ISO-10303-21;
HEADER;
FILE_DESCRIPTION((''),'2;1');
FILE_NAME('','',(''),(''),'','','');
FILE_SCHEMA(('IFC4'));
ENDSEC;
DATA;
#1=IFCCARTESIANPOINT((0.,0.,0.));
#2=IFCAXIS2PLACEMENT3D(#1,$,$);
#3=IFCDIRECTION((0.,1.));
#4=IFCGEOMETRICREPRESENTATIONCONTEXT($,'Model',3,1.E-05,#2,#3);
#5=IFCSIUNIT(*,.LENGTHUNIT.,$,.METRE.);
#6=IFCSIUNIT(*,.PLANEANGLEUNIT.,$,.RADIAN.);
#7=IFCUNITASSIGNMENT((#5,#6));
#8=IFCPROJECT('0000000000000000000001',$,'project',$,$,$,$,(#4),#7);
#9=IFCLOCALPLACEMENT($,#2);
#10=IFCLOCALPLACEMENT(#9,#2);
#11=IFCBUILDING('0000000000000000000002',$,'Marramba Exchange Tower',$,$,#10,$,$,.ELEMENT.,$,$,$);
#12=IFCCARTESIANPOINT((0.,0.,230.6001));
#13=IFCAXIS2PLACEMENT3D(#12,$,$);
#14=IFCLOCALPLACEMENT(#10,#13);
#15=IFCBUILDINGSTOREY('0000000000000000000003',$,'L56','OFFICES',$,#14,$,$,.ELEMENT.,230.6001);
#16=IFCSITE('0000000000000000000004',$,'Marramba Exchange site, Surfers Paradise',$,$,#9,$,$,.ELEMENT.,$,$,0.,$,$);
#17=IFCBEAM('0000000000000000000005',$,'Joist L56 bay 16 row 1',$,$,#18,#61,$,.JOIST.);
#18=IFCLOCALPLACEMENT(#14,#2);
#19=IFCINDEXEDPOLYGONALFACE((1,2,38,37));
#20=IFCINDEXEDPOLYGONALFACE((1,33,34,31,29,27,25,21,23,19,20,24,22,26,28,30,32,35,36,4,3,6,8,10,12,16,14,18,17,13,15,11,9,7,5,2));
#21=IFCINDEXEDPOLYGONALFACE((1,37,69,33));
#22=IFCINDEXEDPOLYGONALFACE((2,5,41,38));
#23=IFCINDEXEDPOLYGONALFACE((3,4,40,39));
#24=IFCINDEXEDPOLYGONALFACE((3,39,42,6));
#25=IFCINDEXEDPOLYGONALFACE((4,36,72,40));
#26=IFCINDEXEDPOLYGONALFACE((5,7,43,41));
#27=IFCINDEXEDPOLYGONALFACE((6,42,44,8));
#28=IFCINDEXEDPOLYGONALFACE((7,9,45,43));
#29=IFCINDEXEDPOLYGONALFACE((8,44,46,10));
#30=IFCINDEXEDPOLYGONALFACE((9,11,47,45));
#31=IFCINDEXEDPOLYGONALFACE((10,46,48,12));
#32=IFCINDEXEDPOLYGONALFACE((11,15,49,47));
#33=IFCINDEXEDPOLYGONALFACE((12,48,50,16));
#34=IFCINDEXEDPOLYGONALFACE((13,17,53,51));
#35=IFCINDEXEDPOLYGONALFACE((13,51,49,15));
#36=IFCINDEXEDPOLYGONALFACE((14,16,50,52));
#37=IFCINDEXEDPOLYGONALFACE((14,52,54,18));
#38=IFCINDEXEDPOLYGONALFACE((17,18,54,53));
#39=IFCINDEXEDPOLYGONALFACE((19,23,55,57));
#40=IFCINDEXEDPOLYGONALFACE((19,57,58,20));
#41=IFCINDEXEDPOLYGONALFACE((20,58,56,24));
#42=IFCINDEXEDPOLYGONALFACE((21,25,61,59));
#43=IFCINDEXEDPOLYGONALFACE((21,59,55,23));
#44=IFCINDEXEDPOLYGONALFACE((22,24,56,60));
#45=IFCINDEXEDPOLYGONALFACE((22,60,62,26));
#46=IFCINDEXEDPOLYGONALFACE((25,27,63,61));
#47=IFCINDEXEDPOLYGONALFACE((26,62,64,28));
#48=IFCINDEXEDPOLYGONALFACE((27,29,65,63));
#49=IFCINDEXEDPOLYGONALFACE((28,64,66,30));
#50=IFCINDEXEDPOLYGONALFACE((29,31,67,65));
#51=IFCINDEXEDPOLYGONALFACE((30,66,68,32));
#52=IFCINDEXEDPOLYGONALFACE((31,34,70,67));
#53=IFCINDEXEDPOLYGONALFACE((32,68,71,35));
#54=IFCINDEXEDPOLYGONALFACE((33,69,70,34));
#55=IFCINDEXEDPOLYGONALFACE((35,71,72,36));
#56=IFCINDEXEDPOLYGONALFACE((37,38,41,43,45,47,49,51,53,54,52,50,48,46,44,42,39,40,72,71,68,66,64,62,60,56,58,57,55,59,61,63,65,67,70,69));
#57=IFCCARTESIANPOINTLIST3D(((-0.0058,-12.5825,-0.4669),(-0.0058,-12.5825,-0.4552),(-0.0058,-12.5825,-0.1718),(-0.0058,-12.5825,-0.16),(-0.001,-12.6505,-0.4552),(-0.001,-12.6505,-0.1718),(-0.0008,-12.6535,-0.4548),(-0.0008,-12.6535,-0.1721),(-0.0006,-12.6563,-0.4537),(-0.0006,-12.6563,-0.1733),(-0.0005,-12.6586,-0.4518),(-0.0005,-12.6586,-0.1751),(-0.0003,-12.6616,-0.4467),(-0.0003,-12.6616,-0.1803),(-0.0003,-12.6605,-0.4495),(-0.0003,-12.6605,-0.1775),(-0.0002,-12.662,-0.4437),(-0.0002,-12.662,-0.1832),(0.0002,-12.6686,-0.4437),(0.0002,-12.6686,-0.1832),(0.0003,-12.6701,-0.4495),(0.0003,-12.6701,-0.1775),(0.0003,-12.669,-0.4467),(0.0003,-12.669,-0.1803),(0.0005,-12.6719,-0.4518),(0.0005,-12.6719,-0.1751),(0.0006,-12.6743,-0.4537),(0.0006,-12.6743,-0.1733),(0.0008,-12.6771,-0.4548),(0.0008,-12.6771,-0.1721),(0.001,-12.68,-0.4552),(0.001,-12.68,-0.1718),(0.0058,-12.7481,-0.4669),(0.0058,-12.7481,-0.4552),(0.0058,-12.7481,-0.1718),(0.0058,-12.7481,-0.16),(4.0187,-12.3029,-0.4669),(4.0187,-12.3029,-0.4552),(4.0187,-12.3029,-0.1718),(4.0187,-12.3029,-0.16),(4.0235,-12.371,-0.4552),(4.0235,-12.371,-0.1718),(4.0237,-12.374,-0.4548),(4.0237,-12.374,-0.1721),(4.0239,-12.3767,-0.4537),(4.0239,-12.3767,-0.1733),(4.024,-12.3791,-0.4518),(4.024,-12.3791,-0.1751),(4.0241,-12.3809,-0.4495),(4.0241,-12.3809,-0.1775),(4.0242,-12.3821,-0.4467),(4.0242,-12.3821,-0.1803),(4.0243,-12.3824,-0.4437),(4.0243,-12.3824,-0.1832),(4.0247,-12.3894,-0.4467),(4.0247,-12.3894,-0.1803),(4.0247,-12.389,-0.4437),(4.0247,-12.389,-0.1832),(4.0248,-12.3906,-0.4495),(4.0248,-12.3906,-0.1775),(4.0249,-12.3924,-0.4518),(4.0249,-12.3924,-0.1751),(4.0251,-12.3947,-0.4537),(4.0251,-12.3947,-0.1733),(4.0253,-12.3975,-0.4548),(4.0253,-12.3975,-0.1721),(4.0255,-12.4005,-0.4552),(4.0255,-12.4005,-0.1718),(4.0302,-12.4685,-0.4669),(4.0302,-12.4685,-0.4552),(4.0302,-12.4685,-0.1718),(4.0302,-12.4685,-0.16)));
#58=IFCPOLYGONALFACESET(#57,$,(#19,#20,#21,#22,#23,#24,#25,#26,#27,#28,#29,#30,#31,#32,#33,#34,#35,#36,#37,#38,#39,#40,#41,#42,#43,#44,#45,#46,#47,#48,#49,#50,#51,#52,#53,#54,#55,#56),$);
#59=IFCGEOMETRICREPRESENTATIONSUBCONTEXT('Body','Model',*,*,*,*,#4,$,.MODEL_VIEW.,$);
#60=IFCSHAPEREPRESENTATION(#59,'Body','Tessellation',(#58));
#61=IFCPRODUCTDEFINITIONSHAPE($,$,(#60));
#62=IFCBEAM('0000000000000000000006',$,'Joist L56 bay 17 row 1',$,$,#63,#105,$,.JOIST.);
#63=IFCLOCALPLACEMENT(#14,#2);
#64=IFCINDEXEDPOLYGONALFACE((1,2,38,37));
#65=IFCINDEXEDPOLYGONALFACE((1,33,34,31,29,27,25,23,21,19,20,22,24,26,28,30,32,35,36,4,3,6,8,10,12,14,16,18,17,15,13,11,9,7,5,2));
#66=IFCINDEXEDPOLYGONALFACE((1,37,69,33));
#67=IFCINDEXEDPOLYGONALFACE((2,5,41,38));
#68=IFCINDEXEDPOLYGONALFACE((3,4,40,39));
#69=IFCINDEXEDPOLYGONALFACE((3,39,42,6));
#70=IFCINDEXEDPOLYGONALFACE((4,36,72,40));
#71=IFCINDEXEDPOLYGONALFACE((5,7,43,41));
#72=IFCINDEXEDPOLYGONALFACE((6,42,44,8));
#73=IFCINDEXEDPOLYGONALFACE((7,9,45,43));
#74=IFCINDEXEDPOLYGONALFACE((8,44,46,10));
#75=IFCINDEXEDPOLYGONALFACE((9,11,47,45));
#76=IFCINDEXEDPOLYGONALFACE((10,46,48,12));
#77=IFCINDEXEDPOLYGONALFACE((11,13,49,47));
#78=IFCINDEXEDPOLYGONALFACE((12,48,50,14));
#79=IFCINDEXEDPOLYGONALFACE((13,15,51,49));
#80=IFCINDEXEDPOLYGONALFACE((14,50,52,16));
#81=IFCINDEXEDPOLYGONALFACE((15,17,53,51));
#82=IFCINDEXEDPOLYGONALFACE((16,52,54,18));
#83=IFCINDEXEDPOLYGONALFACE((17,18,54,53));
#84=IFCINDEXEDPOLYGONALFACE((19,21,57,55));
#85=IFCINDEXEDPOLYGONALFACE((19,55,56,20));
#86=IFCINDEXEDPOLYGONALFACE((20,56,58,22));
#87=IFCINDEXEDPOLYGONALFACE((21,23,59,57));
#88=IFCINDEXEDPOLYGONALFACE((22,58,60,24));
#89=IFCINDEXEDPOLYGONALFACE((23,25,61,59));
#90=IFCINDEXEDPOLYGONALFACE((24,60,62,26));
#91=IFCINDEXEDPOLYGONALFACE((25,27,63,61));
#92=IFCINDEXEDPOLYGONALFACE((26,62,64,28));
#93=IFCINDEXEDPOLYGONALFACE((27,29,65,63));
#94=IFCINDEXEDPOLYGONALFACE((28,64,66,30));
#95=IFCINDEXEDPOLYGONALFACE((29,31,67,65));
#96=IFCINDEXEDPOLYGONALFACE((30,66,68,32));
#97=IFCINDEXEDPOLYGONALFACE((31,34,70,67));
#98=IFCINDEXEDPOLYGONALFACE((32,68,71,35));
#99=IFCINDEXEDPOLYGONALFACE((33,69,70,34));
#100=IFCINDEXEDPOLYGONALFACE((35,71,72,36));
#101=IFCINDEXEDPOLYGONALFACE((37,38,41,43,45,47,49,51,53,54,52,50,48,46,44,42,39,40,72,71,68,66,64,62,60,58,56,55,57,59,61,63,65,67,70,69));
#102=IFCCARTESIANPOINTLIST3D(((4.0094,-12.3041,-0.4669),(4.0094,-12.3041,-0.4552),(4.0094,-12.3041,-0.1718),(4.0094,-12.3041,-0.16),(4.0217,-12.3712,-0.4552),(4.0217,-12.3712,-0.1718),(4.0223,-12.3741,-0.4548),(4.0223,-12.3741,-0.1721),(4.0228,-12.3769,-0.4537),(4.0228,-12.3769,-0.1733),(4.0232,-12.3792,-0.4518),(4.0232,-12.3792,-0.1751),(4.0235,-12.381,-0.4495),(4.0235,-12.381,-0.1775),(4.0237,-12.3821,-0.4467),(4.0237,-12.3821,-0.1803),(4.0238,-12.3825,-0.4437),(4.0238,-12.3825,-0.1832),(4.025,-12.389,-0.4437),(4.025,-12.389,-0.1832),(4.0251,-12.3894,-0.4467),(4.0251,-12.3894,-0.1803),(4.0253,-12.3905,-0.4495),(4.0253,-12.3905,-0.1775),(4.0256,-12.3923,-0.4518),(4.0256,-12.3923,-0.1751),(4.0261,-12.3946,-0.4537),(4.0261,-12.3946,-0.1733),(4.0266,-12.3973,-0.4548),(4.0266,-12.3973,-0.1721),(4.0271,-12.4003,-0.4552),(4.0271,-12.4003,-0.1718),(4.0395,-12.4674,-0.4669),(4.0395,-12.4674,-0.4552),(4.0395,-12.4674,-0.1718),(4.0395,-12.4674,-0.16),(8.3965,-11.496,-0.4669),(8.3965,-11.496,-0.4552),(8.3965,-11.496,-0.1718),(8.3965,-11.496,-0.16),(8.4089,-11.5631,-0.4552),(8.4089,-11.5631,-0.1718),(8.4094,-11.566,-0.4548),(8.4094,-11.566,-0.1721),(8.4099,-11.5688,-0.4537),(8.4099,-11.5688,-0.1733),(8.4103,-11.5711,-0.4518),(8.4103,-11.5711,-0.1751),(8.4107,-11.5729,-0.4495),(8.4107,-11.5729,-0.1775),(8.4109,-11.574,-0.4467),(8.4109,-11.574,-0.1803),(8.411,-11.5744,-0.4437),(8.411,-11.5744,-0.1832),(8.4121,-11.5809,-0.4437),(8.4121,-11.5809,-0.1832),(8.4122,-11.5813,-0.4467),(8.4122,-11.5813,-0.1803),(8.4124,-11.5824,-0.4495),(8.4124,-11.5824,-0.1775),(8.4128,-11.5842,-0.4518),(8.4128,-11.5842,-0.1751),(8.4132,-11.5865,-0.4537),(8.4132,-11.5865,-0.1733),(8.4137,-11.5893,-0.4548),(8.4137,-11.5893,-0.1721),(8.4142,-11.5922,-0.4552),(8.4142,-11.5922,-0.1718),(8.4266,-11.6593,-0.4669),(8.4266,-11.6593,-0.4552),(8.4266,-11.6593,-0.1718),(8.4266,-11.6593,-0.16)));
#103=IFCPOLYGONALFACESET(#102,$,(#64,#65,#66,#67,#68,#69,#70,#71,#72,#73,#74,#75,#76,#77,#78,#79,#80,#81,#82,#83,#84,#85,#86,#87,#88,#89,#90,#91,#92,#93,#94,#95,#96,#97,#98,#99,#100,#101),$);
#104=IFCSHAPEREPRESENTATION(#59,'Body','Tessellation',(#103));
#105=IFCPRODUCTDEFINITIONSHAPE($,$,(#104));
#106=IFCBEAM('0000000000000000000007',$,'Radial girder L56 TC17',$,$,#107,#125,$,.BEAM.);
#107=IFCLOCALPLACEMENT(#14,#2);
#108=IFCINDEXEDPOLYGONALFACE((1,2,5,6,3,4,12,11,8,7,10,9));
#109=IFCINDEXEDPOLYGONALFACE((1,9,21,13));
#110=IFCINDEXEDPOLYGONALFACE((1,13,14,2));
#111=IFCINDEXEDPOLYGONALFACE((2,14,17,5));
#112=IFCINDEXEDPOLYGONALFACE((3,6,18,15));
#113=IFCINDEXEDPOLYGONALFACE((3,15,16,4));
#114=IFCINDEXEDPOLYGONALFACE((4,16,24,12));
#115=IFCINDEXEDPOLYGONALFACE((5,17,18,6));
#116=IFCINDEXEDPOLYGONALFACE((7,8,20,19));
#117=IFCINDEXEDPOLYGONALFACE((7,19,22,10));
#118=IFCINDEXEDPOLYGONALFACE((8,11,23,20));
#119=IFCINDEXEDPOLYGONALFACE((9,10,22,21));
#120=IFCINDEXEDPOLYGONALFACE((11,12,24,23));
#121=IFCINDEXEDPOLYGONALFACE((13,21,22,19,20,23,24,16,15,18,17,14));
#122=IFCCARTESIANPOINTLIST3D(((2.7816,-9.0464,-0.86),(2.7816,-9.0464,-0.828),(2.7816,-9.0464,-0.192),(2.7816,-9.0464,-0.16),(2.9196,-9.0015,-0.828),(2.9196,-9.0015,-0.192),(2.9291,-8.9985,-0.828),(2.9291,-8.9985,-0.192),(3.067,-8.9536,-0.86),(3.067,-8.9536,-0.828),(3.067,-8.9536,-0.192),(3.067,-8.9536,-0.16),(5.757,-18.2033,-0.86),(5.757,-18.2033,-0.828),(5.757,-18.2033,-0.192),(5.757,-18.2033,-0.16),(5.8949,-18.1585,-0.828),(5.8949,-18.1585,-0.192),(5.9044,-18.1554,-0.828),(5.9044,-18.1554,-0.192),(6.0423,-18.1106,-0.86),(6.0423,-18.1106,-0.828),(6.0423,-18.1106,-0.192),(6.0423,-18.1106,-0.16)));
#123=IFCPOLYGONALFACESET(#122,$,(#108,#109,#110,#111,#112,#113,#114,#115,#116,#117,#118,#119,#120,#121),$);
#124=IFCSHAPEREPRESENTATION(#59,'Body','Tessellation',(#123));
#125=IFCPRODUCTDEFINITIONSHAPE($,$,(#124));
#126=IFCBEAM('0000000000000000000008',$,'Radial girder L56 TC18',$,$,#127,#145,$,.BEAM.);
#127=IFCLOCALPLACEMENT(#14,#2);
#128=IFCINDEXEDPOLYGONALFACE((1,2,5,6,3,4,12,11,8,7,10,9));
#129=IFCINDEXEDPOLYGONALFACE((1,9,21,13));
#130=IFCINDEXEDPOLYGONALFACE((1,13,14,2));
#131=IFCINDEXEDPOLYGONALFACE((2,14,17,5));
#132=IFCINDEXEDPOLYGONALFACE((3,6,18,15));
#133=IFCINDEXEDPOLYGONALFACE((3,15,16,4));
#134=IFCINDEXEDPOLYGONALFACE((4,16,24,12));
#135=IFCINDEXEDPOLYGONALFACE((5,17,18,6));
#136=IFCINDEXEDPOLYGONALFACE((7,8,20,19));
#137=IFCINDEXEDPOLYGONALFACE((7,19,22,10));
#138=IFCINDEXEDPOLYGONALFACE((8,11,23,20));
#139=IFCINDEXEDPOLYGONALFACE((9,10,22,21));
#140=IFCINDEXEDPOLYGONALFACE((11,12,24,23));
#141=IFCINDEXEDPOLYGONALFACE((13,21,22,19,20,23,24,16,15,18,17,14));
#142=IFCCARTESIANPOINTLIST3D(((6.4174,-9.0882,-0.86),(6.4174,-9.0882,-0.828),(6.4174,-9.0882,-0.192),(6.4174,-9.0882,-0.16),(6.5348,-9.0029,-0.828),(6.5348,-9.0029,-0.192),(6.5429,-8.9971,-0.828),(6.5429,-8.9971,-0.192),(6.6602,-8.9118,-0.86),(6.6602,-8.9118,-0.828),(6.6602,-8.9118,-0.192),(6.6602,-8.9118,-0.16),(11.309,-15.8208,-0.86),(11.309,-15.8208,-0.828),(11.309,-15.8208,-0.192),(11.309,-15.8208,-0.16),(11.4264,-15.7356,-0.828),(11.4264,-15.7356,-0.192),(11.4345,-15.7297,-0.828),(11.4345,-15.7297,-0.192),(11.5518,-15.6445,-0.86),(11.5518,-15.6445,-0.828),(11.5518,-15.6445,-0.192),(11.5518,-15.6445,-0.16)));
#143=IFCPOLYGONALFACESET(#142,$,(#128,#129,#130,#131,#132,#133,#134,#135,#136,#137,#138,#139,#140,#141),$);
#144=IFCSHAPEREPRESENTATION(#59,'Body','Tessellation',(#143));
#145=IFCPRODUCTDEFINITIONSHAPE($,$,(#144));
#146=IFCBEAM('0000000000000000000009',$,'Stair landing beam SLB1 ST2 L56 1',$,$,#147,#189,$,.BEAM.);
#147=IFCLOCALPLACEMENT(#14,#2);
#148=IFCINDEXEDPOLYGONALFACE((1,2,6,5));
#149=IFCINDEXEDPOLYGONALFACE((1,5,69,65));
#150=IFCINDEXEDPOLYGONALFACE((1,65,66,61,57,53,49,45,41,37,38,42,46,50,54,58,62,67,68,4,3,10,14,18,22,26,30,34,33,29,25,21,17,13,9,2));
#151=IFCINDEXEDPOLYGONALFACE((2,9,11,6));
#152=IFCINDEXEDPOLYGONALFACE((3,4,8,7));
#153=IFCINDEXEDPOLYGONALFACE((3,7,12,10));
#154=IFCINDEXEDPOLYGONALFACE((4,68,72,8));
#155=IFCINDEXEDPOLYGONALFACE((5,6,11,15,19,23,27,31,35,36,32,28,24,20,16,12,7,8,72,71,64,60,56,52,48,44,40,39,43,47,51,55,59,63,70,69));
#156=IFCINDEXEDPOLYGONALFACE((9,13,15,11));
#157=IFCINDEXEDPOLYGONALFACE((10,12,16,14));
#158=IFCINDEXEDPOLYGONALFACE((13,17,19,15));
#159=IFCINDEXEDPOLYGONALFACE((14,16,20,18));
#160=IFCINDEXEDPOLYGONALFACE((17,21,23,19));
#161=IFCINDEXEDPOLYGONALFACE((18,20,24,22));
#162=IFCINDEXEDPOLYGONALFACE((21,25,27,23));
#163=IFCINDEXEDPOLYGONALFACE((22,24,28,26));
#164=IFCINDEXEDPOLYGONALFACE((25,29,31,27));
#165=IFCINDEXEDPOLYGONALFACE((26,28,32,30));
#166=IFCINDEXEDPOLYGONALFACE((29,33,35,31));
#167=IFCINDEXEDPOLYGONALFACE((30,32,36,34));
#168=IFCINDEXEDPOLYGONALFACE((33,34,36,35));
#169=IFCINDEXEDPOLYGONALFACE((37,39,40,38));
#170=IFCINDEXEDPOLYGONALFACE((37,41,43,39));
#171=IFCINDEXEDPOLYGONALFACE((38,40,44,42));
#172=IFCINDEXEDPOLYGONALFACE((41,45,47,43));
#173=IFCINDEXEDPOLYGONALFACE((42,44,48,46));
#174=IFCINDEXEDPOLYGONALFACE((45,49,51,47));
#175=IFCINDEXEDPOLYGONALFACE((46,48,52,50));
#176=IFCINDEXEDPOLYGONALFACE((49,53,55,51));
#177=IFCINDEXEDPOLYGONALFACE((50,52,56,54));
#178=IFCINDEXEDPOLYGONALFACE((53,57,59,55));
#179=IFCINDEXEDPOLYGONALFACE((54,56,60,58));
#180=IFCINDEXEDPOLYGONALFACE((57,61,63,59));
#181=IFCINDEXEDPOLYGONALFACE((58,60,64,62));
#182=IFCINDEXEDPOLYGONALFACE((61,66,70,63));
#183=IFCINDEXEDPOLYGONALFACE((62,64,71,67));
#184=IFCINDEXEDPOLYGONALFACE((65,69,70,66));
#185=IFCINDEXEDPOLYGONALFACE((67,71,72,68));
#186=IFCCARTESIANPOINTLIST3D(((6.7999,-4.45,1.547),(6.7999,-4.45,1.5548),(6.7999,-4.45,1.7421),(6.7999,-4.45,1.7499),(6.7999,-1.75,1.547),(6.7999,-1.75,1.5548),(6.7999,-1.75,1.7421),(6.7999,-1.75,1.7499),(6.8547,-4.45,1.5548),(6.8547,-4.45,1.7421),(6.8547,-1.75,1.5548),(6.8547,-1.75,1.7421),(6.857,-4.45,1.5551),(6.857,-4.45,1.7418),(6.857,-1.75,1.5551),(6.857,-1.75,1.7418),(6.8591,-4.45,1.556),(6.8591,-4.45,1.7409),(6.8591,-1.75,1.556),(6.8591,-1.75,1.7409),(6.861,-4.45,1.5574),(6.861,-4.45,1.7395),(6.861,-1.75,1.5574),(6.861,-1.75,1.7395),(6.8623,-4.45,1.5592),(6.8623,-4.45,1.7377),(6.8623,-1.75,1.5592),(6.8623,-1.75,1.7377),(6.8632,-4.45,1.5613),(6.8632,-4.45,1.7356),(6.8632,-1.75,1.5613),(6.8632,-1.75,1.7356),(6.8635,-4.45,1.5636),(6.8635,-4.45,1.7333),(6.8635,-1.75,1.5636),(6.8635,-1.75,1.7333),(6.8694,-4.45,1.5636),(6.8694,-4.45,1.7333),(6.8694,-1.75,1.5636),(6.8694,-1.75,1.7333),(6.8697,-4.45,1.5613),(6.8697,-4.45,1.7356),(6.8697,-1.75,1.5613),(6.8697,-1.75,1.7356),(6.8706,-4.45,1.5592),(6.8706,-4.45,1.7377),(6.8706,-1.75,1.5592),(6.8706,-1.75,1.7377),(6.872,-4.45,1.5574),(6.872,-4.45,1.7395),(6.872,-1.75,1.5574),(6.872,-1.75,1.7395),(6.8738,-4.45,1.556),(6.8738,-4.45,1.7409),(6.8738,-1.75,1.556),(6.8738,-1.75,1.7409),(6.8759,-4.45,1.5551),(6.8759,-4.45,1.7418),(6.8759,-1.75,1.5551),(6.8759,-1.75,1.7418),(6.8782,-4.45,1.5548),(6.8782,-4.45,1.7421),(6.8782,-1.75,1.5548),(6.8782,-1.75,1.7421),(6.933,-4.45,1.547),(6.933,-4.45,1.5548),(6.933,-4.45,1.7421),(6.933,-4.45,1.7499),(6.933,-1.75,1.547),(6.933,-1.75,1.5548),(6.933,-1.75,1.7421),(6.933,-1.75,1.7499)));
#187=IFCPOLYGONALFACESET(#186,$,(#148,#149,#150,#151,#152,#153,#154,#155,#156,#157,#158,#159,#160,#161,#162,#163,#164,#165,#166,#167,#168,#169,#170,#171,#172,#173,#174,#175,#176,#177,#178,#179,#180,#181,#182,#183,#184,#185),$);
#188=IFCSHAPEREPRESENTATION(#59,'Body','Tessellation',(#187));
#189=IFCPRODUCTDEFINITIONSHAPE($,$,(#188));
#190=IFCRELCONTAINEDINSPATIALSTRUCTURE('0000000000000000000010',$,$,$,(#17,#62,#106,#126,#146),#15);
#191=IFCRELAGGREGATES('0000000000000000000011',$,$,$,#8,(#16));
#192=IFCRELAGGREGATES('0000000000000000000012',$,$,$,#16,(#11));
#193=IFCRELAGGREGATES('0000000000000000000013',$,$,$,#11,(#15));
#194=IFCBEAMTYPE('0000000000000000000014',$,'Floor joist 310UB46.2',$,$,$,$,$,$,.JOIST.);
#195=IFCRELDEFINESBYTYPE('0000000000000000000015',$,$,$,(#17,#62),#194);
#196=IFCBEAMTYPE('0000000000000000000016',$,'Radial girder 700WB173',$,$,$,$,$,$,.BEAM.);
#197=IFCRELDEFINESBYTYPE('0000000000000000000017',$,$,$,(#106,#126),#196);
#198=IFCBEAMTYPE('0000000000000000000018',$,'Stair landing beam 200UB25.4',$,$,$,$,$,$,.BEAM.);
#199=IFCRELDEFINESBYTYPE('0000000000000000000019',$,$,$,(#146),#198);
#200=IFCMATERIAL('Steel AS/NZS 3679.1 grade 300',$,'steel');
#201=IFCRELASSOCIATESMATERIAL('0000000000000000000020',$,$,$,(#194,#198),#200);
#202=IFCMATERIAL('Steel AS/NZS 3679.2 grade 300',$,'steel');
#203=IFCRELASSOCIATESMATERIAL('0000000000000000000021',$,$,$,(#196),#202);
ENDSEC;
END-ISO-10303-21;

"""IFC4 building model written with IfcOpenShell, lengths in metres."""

from ifc_helpers import new_model, si_unit, direction, frame, origin, origin_2d, place, context, subcontext, project, spatial, i_section, extrude, material, material_profile, profile_set, type_object, element, save


model = new_model("IFC4")

# Units and contexts
model_context = context("Model", 3, precision=1e-05, world=origin(), true_north=direction((0.0, 1.0)))
body_context = subcontext(model_context, "Body", "Model", "MODEL_VIEW")
ifc_project = project(units=[si_unit("LENGTHUNIT", "METRE"), si_unit("PLANEANGLEUNIT", "RADIAN")], contexts=[model_context])

# Site, building, storey
site_placement = place(None, origin())
site = spatial("IfcSite", under=ifc_project, at=site_placement, Name="Marramba Exchange site, Surfers Paradise", CompositionType="ELEMENT", RefElevation=0.0)
building_placement = place(site_placement, origin())
building = spatial("IfcBuilding", under=site, at=building_placement, Name="Marramba Exchange Tower", CompositionType="ELEMENT")
storey_placement = place(building_placement, frame((0.0, 0.0, 230.6001)))
storey = spatial("IfcBuildingStorey", under=building, at=storey_placement, Name="L56", Description="OFFICES", CompositionType="ELEMENT", Elevation=230.6001)

# Beams
ifc_material_1 = material(Name="Steel AS/NZS 3679.1 grade 300", Category="steel")
ifc_material_profile_1 = material_profile(ifc_material_1, i_section(OverallWidth=0.166, OverallDepth=0.3069, WebThickness=0.0066, FlangeThickness=0.0117, FilletRadius=0.0115, at=origin_2d()), Name="310UB46.2")
ifc_profile_set_1 = profile_set([ifc_material_profile_1], Name="Steel AS/NZS 3679.1 grade 300")
beam_type_1 = type_object("IfcBeamType", Name="Floor joist 310UB46.2", PredefinedType="JOIST", material=ifc_profile_set_1)
beam_1_placement = place(storey_placement, frame((0.0, -12.6653, -0.3135), z_axis=(0.997596, 0.069294, 0.0), x_axis=(-0.069294, 0.997596, 0.0)))
element("IfcBeam", 1, at=beam_1_placement, inside=storey, type_object=beam_type_1, Name="Joist L56 bay 16 row 1", PredefinedType="JOIST", context=body_context, shape_type="SweptSolid", body=[
    extrude(i_section(OverallWidth=0.166, OverallDepth=0.3069, WebThickness=0.0066, FlangeThickness=0.0117, FilletRadius=0.0115, at=origin_2d()), origin(), (0.0, 0.0, 1.0), 4.0342),
])
beam_2_placement = place(storey_placement, frame((4.0244, -12.3857, -0.3135), z_axis=(0.983456, 0.181149, 0.0), x_axis=(-0.181149, 0.983456, 0.0)))
element("IfcBeam", 2, at=beam_2_placement, inside=storey, type_object=beam_type_1, Name="Joist L56 bay 17 row 1", PredefinedType="JOIST", context=body_context, shape_type="SweptSolid", body=[
    extrude(i_section(OverallWidth=0.166, OverallDepth=0.3069, WebThickness=0.0066, FlangeThickness=0.0117, FilletRadius=0.0115, at=origin_2d()), origin(), (0.0, 0.0, 1.0), 4.4609),
])
ifc_material_2 = material(Name="Steel AS/NZS 3679.2 grade 300", Category="steel")
ifc_material_profile_2 = material_profile(ifc_material_2, i_section(OverallWidth=0.3, OverallDepth=0.7, WebThickness=0.01, FlangeThickness=0.032, at=origin_2d()), Name="700WB173")
ifc_profile_set_2 = profile_set([ifc_material_profile_2], Name="Steel AS/NZS 3679.2 grade 300")
beam_type_2 = type_object("IfcBeamType", Name="Radial girder 700WB173", PredefinedType="BEAM", material=ifc_profile_set_2)
beam_3_placement = place(storey_placement, frame((2.9243, -9.0, -0.51), z_axis=(0.309022, -0.951055, 0.0), x_axis=(0.951055, 0.309022, 0.0)))
element("IfcBeam", 3, at=beam_3_placement, inside=storey, type_object=beam_type_2, Name="Radial girder L56 TC17", PredefinedType="BEAM", context=body_context, shape_type="SweptSolid", body=[
    extrude(i_section(OverallWidth=0.3, OverallDepth=0.7, WebThickness=0.01, FlangeThickness=0.032, at=origin_2d()), origin(), (0.0, 0.0, 1.0), 9.6282),
])
beam_4_placement = place(storey_placement, frame((6.5388, -9.0, -0.51), z_axis=(0.587788, -0.809015, 0.0), x_axis=(0.809015, 0.587788, 0.0)))
element("IfcBeam", 4, at=beam_4_placement, inside=storey, type_object=beam_type_2, Name="Radial girder L56 TC18", PredefinedType="BEAM", context=body_context, shape_type="SweptSolid", body=[
    extrude(i_section(OverallWidth=0.3, OverallDepth=0.7, WebThickness=0.01, FlangeThickness=0.032, at=origin_2d()), origin(), (0.0, 0.0, 1.0), 8.322),
])
ifc_material_profile_3 = material_profile(ifc_material_1, i_section(OverallWidth=0.1331, OverallDepth=0.2029, WebThickness=0.0059, FlangeThickness=0.0078, FilletRadius=0.0088, at=origin_2d()), Name="200UB25.4")
ifc_profile_set_3 = profile_set([ifc_material_profile_3], Name="Steel AS/NZS 3679.1 grade 300")
beam_type_3 = type_object("IfcBeamType", Name="Stair landing beam 200UB25.4", PredefinedType="BEAM", material=ifc_profile_set_3)
for number, where, z_axis, x_axis, name in (
    (5, (6.8665, -4.45, 1.6484), (0.0, 1.0, 0.0), (-1.0, 0.0, 0.0), "Stair landing beam SLB1 ST2 L56 1"),
):
    element("IfcBeam", number, at=place(storey_placement, frame(where, z_axis=z_axis, x_axis=x_axis)), inside=storey, type_object=beam_type_3, Name=name, PredefinedType="BEAM", context=body_context, shape_type="SweptSolid", body=[
        extrude(i_section(OverallWidth=0.1331, OverallDepth=0.2029, WebThickness=0.0059, FlangeThickness=0.0078, FilletRadius=0.0088, at=origin_2d()), origin(), (0.0, 0.0, 1.0), 2.7),
    ])

save(model, "model.ifc")
